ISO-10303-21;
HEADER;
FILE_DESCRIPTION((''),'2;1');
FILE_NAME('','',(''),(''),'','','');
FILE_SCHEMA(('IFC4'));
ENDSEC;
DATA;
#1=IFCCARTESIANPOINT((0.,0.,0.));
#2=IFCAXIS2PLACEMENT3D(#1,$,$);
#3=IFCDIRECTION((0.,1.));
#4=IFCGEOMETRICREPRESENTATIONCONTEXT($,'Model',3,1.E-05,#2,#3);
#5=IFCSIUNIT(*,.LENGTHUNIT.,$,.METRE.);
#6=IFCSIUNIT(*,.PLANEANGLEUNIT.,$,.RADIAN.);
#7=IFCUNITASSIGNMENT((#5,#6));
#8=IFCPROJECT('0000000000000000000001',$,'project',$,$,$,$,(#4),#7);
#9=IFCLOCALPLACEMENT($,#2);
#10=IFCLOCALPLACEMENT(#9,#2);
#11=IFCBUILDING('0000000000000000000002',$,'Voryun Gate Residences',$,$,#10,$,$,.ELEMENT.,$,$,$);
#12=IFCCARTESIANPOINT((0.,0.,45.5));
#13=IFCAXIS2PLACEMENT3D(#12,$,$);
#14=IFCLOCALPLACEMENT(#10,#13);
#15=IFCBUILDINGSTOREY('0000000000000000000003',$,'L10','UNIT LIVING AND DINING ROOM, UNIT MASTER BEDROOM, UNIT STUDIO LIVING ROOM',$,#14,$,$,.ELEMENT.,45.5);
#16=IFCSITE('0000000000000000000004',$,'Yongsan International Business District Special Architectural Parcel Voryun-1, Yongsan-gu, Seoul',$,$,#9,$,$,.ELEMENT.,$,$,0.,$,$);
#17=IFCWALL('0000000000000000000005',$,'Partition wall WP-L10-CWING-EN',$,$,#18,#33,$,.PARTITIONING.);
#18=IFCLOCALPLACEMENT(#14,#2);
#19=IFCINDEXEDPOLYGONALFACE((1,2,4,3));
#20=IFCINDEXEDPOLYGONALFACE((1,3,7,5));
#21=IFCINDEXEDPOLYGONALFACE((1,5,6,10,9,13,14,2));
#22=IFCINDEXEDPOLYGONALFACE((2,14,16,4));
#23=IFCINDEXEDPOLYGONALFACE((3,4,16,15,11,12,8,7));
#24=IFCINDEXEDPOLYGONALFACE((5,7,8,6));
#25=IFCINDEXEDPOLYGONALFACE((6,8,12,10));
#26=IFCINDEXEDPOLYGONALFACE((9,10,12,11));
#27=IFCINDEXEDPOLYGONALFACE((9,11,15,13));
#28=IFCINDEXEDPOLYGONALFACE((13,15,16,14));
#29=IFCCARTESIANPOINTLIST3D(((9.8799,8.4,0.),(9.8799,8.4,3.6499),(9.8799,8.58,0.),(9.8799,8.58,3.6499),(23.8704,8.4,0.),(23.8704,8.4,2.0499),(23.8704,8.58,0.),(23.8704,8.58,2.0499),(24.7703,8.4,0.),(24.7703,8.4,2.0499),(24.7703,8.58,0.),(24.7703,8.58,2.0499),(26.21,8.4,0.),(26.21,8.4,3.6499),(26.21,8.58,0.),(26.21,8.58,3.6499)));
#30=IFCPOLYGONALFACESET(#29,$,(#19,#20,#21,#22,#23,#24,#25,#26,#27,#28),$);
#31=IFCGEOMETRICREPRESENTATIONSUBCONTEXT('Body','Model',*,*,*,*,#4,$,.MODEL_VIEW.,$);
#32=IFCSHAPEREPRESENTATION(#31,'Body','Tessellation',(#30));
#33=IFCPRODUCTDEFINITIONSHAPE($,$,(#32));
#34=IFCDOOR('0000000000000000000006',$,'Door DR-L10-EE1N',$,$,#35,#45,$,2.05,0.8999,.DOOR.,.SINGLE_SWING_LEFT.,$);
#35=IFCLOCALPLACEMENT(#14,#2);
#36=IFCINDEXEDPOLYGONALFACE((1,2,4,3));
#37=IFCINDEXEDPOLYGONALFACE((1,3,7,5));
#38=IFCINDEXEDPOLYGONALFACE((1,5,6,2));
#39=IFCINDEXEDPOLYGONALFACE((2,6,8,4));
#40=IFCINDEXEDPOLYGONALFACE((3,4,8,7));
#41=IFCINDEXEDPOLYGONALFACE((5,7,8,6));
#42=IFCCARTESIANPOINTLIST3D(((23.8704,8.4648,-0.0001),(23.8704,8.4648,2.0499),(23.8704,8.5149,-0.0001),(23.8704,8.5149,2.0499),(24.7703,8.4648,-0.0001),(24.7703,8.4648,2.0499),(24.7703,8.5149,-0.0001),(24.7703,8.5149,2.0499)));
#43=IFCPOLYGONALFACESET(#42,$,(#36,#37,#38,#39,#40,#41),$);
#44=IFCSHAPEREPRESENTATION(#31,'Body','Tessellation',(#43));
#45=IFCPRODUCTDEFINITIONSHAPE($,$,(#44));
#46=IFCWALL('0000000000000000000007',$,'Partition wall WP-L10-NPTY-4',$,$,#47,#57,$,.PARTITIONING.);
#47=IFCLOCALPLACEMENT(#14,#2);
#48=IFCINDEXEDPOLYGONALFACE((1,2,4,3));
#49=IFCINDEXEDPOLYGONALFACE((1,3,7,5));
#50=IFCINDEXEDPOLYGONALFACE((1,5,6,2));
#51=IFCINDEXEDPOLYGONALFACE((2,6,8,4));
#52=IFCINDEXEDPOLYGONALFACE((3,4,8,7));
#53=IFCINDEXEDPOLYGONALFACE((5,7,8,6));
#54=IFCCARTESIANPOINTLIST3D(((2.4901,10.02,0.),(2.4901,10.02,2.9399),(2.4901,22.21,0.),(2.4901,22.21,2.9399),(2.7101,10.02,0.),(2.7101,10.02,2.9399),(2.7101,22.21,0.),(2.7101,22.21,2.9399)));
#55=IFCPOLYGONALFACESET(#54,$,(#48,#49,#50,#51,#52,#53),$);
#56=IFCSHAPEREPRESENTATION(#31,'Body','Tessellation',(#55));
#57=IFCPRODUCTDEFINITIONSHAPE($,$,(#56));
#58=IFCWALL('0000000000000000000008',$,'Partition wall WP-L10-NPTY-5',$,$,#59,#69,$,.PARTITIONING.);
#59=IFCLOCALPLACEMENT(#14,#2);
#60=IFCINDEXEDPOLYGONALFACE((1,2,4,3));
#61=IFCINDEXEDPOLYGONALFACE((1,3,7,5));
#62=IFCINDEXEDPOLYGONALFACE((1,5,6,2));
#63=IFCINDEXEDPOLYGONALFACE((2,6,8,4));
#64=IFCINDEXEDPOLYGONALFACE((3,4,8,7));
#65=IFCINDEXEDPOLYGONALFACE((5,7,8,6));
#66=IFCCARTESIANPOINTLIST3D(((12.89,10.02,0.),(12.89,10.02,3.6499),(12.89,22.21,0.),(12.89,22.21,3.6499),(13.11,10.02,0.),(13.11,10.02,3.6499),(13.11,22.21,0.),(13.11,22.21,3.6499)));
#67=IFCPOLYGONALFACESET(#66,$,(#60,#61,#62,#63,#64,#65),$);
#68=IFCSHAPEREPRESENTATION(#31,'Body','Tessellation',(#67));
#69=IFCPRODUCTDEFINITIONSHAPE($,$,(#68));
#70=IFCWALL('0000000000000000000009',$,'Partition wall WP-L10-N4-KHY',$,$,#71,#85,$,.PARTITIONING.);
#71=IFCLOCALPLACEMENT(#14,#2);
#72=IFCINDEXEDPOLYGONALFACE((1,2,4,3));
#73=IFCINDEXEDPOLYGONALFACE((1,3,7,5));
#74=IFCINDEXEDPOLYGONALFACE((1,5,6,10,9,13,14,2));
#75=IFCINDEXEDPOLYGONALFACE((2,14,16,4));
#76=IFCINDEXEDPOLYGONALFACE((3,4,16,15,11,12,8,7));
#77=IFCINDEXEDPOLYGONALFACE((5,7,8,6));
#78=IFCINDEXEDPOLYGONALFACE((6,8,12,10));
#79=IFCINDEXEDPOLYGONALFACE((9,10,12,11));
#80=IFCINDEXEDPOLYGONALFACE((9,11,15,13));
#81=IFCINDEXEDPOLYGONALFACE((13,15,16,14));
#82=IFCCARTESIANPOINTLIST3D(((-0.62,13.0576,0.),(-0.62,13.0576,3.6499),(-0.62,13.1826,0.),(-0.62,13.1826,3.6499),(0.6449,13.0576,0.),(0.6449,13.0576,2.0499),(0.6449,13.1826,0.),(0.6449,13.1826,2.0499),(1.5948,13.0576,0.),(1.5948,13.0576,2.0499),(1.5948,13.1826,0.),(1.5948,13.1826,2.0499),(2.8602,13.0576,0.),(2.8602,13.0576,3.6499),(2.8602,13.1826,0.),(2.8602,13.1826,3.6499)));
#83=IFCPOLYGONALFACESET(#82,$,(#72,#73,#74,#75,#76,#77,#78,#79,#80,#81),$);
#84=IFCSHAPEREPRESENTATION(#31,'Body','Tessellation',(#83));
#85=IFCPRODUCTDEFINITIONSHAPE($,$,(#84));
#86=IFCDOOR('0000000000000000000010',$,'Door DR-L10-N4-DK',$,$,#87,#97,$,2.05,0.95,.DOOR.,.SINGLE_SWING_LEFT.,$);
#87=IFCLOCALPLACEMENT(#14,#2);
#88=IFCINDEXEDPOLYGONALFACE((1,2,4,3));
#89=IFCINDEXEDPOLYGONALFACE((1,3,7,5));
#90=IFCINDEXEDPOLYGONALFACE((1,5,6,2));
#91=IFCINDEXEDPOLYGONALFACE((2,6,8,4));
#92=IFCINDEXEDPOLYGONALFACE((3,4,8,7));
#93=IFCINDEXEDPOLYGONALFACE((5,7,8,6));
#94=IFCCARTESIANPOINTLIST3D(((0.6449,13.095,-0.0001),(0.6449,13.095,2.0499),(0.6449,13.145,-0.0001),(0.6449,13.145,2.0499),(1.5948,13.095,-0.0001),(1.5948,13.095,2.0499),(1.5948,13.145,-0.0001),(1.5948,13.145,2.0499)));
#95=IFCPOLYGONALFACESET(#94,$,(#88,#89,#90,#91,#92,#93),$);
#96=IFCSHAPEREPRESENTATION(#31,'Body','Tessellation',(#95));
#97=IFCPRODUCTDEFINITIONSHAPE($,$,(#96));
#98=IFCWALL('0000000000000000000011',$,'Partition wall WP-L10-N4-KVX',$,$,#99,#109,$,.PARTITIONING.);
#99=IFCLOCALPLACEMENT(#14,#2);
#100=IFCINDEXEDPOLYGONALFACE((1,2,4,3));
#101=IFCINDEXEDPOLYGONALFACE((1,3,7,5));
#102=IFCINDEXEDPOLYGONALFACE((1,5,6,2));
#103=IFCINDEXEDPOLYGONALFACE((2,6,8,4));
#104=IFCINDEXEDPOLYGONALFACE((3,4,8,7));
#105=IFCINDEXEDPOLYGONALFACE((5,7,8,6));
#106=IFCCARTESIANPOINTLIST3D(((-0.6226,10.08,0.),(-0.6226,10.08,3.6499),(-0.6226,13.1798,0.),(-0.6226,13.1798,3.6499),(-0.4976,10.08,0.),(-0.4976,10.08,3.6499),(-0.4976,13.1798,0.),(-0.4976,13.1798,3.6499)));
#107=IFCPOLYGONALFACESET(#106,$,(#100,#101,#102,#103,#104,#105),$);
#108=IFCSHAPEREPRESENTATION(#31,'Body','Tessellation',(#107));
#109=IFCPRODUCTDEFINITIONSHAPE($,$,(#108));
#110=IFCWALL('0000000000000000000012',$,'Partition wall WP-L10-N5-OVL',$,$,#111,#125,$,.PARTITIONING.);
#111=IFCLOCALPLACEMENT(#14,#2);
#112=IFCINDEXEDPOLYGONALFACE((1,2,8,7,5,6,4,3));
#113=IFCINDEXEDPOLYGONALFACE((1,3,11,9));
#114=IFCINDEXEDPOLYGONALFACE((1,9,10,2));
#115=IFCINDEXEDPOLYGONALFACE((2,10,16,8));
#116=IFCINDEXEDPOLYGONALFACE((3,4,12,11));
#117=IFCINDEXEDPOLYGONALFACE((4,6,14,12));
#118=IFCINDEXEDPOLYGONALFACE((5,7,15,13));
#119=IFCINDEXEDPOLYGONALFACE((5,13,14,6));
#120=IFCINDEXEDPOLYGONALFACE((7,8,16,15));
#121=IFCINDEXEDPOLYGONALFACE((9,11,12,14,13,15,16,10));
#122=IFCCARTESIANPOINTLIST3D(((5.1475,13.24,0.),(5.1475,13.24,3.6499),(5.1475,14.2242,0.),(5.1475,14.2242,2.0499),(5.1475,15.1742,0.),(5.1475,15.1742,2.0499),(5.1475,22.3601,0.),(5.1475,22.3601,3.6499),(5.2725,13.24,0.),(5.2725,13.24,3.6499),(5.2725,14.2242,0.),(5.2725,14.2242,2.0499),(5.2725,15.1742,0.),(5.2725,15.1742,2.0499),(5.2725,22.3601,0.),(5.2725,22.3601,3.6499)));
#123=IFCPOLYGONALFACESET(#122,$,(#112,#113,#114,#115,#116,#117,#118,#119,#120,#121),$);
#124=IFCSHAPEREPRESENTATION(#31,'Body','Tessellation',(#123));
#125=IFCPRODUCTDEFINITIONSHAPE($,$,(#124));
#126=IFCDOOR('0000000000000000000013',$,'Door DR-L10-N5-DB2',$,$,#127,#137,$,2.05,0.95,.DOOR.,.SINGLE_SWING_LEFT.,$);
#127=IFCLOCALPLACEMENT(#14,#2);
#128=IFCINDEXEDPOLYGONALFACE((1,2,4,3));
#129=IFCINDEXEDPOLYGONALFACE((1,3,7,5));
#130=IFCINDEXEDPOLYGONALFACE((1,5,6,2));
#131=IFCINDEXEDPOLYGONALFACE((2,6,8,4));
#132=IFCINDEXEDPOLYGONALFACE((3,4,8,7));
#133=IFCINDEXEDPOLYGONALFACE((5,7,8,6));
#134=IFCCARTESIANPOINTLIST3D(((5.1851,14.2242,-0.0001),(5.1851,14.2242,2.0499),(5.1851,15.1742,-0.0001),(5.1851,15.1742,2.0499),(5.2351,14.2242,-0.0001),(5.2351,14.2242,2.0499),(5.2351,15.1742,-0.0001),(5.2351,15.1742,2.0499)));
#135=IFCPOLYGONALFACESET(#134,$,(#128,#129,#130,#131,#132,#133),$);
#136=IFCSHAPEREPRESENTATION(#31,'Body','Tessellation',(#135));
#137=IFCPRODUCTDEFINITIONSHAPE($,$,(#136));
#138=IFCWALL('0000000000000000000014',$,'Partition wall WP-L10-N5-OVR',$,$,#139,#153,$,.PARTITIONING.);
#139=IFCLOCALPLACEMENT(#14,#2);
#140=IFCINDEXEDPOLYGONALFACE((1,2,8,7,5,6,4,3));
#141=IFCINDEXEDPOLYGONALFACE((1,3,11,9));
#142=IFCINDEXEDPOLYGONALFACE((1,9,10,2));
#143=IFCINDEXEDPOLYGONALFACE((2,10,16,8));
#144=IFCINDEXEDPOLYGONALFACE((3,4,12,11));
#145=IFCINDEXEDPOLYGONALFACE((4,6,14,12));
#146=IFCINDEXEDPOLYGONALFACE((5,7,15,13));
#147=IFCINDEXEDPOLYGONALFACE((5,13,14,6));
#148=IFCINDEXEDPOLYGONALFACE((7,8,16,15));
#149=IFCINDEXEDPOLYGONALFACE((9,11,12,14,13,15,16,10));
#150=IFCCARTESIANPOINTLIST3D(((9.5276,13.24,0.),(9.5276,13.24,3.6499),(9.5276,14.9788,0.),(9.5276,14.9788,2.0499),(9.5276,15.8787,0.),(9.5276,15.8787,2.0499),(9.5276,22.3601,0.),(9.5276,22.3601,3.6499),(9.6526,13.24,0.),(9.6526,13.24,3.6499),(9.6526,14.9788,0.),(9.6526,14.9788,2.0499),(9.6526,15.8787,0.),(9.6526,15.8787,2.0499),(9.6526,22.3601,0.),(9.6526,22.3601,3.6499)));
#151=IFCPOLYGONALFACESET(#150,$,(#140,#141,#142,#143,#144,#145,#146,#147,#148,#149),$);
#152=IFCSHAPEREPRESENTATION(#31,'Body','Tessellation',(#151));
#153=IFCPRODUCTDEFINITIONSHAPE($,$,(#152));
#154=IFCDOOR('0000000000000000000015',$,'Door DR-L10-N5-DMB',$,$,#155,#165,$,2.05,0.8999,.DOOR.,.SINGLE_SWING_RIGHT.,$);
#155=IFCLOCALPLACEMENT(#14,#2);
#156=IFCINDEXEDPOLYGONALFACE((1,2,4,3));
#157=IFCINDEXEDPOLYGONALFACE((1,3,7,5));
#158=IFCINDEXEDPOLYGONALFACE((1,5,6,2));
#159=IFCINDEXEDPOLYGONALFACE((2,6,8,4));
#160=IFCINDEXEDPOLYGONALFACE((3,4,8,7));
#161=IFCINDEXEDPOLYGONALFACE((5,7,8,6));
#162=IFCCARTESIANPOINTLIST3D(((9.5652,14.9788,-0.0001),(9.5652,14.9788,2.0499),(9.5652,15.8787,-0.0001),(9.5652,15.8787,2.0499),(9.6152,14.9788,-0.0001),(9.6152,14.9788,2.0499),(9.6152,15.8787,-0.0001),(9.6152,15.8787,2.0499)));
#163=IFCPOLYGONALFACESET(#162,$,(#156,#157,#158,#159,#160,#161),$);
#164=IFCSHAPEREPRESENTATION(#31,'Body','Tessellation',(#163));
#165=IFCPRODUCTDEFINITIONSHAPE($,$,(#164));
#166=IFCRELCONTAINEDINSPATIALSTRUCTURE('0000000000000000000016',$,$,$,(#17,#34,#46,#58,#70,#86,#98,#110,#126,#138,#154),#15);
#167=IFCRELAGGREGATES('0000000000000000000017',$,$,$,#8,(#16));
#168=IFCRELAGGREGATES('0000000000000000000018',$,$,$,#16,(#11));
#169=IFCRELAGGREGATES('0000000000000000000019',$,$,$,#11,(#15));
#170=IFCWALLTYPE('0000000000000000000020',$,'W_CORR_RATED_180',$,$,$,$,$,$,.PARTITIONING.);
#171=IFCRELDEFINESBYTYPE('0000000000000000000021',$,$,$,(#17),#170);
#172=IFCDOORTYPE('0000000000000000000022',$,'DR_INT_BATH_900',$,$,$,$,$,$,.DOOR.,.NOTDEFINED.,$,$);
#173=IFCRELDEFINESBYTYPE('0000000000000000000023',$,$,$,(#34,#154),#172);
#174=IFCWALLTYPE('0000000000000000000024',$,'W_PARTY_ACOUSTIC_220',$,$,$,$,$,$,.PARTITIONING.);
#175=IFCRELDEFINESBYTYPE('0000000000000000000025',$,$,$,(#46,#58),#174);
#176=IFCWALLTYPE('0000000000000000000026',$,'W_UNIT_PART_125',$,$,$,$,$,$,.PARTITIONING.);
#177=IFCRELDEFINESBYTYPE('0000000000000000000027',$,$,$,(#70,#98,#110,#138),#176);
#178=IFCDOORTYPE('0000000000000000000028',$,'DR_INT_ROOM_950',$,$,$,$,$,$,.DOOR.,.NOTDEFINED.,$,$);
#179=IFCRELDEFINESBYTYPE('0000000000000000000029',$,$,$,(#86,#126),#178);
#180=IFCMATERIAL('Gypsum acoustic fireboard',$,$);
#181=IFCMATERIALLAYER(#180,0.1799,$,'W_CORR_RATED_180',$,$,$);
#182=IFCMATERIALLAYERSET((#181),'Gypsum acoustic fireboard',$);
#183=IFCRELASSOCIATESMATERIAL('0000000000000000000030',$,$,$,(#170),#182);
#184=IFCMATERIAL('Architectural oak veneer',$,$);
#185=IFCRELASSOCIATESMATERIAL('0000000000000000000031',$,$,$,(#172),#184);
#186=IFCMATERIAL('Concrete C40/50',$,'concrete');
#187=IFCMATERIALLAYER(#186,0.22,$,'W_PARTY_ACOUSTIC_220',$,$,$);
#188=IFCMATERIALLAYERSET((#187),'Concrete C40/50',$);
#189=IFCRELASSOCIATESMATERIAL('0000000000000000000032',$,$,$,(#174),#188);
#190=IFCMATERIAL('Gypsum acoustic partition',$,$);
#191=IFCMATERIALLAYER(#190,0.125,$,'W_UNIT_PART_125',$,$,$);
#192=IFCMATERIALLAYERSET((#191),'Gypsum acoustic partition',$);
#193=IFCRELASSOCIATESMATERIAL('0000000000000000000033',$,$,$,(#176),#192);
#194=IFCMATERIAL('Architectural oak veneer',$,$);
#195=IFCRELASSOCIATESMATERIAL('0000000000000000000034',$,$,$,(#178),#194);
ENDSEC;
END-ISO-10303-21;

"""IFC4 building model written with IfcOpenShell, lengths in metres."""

from ifc_helpers import new_model, si_unit, direction, frame, frame_2d, origin, place, context, subcontext, project, spatial, rectangle, extrude, material, layer, layer_set, type_object, element, fill, save


model = new_model("IFC4")

# Units and contexts
model_context = context("Model", 3, precision=1e-05, world=origin(), true_north=direction((0.0, 1.0)))
body_context = subcontext(model_context, "Body", "Model", "MODEL_VIEW")
ifc_project = project(units=[si_unit("LENGTHUNIT", "METRE"), si_unit("PLANEANGLEUNIT", "RADIAN")], contexts=[model_context])

# Site, building, storey
site_placement = place(None, origin())
site = spatial("IfcSite", under=ifc_project, at=site_placement, Name="Yongsan International Business District Special Architectural Parcel Voryun-1, Yongsan-gu, Seoul", CompositionType="ELEMENT", RefElevation=0.0)
building_placement = place(site_placement, origin())
building = spatial("IfcBuilding", under=site, at=building_placement, Name="Voryun Gate Residences", CompositionType="ELEMENT")
storey_placement = place(building_placement, frame((0.0, 0.0, 45.5)))
storey = spatial("IfcBuildingStorey", under=building, at=storey_placement, Name="L10", Description="UNIT LIVING AND DINING ROOM, UNIT MASTER BEDROOM, UNIT STUDIO LIVING ROOM", CompositionType="ELEMENT", Elevation=45.5)

# Wall, opening, door
ifc_material_1 = material(Name="Gypsum acoustic fireboard")
ifc_layer_1 = layer(ifc_material_1, 0.1799, Name="W_CORR_RATED_180")
ifc_layer_set_1 = layer_set([ifc_layer_1], Name="Gypsum acoustic fireboard")
wall_type_1 = type_object("IfcWallType", Name="W_CORR_RATED_180", PredefinedType="PARTITIONING", material=ifc_layer_set_1)
wall_1_placement = place(storey_placement, frame((9.8799, 8.49, 0.0), z_axis=(0.0, 0.0, 1.0), x_axis=(1.0, 0.0, 0.0)))
wall_1 = element("IfcWall", 1, at=wall_1_placement, inside=storey, type_object=wall_type_1, Name="Partition wall WP-L10-CWING-EN", PredefinedType="PARTITIONING", context=body_context, shape_type="SweptSolid", body=[
    extrude(rectangle(XDim=16.3301, YDim=0.1799, at=frame_2d((8.165, 0.0))), origin(), (0.0, 0.0, 1.0), 3.6499),
])
opening_1_placement = place(wall_1_placement, frame((13.9905, 0.0, 0.0)))
opening_1 = element("IfcOpeningElement", 2, at=opening_1_placement, cuts=wall_1, PredefinedType="OPENING", context=body_context, shape_type="SweptSolid", body=[
    extrude(rectangle(XDim=0.8999, YDim=2.05, at=frame_2d((0.45, 1.0249))), frame((0.0, 0.0999, 0.0), z_axis=(0.0, -1.0, 0.0), x_axis=(1.0, 0.0, 0.0)), (0.0, 0.0, 1.0), 0.2),
])
ifc_material_2 = material(Name="Architectural oak veneer")
door_type_1 = type_object("IfcDoorType", Name="DR_INT_BATH_900", OperationType="NOTDEFINED", PredefinedType="DOOR", material=ifc_material_2)
door_1_placement = place(opening_1_placement, origin())
door_1 = element("IfcDoor", 3, at=door_1_placement, inside=storey, type_object=door_type_1, Name="Door DR-L10-EE1N", OperationType="SINGLE_SWING_LEFT", OverallHeight=2.05, OverallWidth=0.8999, PredefinedType="DOOR", context=body_context, shape_type="SweptSolid", body=[
    extrude(rectangle(XDim=0.8999, YDim=2.05, at=frame_2d((0.45, 1.0249))), frame((0.0, 0.0249, 0.0), z_axis=(0.0, -1.0, 0.0), x_axis=(1.0, 0.0, 0.0)), (0.0, 0.0, 1.0), 0.05),
])
fill(opening_1, door_1)

# Walls
ifc_material_3 = material(Name="Concrete C40/50", Category="concrete")
ifc_layer_2 = layer(ifc_material_3, 0.22, Name="W_PARTY_ACOUSTIC_220")
ifc_layer_set_2 = layer_set([ifc_layer_2], Name="Concrete C40/50")
wall_type_2 = type_object("IfcWallType", Name="W_PARTY_ACOUSTIC_220", PredefinedType="PARTITIONING", material=ifc_layer_set_2)
wall_2_placement = place(storey_placement, frame((2.6001, 10.02, 0.0), z_axis=(0.0, 0.0, 1.0), x_axis=(0.0, 1.0, 0.0)))
element("IfcWall", 4, at=wall_2_placement, inside=storey, type_object=wall_type_2, Name="Partition wall WP-L10-NPTY-4", PredefinedType="PARTITIONING", context=body_context, shape_type="SweptSolid", body=[
    extrude(rectangle(XDim=12.1899, YDim=0.22, at=frame_2d((6.095, 0.0))), origin(), (0.0, 0.0, 1.0), 2.9399),
])
wall_3_placement = place(storey_placement, frame((13.0, 10.02, 0.0), z_axis=(0.0, 0.0, 1.0), x_axis=(0.0, 1.0, 0.0)))
element("IfcWall", 5, at=wall_3_placement, inside=storey, type_object=wall_type_2, Name="Partition wall WP-L10-NPTY-5", PredefinedType="PARTITIONING", context=body_context, shape_type="SweptSolid", body=[
    extrude(rectangle(XDim=12.1899, YDim=0.22, at=frame_2d((6.095, 0.0))), origin(), (0.0, 0.0, 1.0), 3.6499),
])

# Wall, opening, door
ifc_material_4 = material(Name="Gypsum acoustic partition")
ifc_layer_3 = layer(ifc_material_4, 0.125, Name="W_UNIT_PART_125")
ifc_layer_set_3 = layer_set([ifc_layer_3], Name="Gypsum acoustic partition")
wall_type_3 = type_object("IfcWallType", Name="W_UNIT_PART_125", PredefinedType="PARTITIONING", material=ifc_layer_set_3)
wall_4_placement = place(storey_placement, frame((-0.6201, 13.1201, 0.0), z_axis=(0.0, 0.0, 1.0), x_axis=(1.0, 0.0, 0.0)))
wall_4 = element("IfcWall", 6, at=wall_4_placement, inside=storey, type_object=wall_type_3, Name="Partition wall WP-L10-N4-KHY", PredefinedType="PARTITIONING", context=body_context, shape_type="SweptSolid", body=[
    extrude(rectangle(XDim=3.4802, YDim=0.125, at=frame_2d((1.7402, 0.0))), origin(), (0.0, 0.0, 1.0), 3.6499),
])
opening_2_placement = place(wall_4_placement, frame((1.2649, 0.0, 0.0)))
opening_2 = element("IfcOpeningElement", 7, at=opening_2_placement, cuts=wall_4, PredefinedType="OPENING", context=body_context, shape_type="SweptSolid", body=[
    extrude(rectangle(XDim=0.95, YDim=2.05, at=frame_2d((0.4751, 1.0249))), frame((0.0, 0.0725, 0.0), z_axis=(0.0, -1.0, 0.0), x_axis=(1.0, 0.0, 0.0)), (0.0, 0.0, 1.0), 0.145),
])
ifc_material_5 = material(Name="Architectural oak veneer")
door_type_2 = type_object("IfcDoorType", Name="DR_INT_ROOM_950", OperationType="NOTDEFINED", PredefinedType="DOOR", material=ifc_material_5)
door_2_placement = place(opening_2_placement, origin())
door_2 = element("IfcDoor", 8, at=door_2_placement, inside=storey, type_object=door_type_2, Name="Door DR-L10-N4-DK", OperationType="SINGLE_SWING_LEFT", OverallHeight=2.05, OverallWidth=0.95, PredefinedType="DOOR", context=body_context, shape_type="SweptSolid", body=[
    extrude(rectangle(XDim=0.95, YDim=2.05, at=frame_2d((0.4751, 1.0249))), frame((0.0, 0.0249, 0.0), z_axis=(0.0, -1.0, 0.0), x_axis=(1.0, 0.0, 0.0)), (0.0, 0.0, 1.0), 0.05),
])
fill(opening_2, door_2)

# Wall
wall_5_placement = place(storey_placement, frame((-0.5601, 10.0801, 0.0), z_axis=(0.0, 0.0, 1.0), x_axis=(0.0, 1.0, 0.0)))
element("IfcWall", 9, at=wall_5_placement, inside=storey, type_object=wall_type_3, Name="Partition wall WP-L10-N4-KVX", PredefinedType="PARTITIONING", context=body_context, shape_type="SweptSolid", body=[
    extrude(rectangle(XDim=3.0999, YDim=0.125, at=frame_2d((1.5498, 0.0))), origin(), (0.0, 0.0, 1.0), 3.6499),
])

# Walls, openings, doors
wall_6_placement = place(storey_placement, frame((5.21, 13.24, 0.0), z_axis=(0.0, 0.0, 1.0), x_axis=(0.0, 1.0, 0.0)))
wall_6 = element("IfcWall", 10, at=wall_6_placement, inside=storey, type_object=wall_type_3, Name="Partition wall WP-L10-N5-OVL", PredefinedType="PARTITIONING", context=body_context, shape_type="SweptSolid", body=[
    extrude(rectangle(XDim=9.1201, YDim=0.125, at=frame_2d((4.5601, 0.0))), origin(), (0.0, 0.0, 1.0), 3.6499),
])
opening_3_placement = place(wall_6_placement, frame((0.9841, 0.0, 0.0)))
opening_3 = element("IfcOpeningElement", 11, at=opening_3_placement, cuts=wall_6, PredefinedType="OPENING", context=body_context, shape_type="SweptSolid", body=[
    extrude(rectangle(XDim=0.95, YDim=2.05, at=frame_2d((0.4751, 1.0249))), frame((0.0, 0.0725, 0.0), z_axis=(0.0, -1.0, 0.0), x_axis=(1.0, 0.0, 0.0)), (0.0, 0.0, 1.0), 0.145),
])
door_3_placement = place(opening_3_placement, origin())
door_3 = element("IfcDoor", 12, at=door_3_placement, inside=storey, type_object=door_type_2, Name="Door DR-L10-N5-DB2", OperationType="SINGLE_SWING_LEFT", OverallHeight=2.05, OverallWidth=0.95, PredefinedType="DOOR", context=body_context, shape_type="SweptSolid", body=[
    extrude(rectangle(XDim=0.95, YDim=2.05, at=frame_2d((0.4751, 1.0249))), frame((0.0, 0.0249, 0.0), z_axis=(0.0, -1.0, 0.0), x_axis=(1.0, 0.0, 0.0)), (0.0, 0.0, 1.0), 0.05),
])
fill(opening_3, door_3)
wall_7_placement = place(storey_placement, frame((9.5901, 13.24, 0.0), z_axis=(0.0, 0.0, 1.0), x_axis=(0.0, 1.0, 0.0)))
wall_7 = element("IfcWall", 13, at=wall_7_placement, inside=storey, type_object=wall_type_3, Name="Partition wall WP-L10-N5-OVR", PredefinedType="PARTITIONING", context=body_context, shape_type="SweptSolid", body=[
    extrude(rectangle(XDim=9.1201, YDim=0.125, at=frame_2d((4.5601, 0.0))), origin(), (0.0, 0.0, 1.0), 3.6499),
])
opening_4_placement = place(wall_7_placement, frame((1.7388, 0.0, 0.0)))
opening_4 = element("IfcOpeningElement", 14, at=opening_4_placement, cuts=wall_7, PredefinedType="OPENING", context=body_context, shape_type="SweptSolid", body=[
    extrude(rectangle(XDim=0.8999, YDim=2.05, at=frame_2d((0.45, 1.0249))), frame((0.0, 0.0725, 0.0), z_axis=(0.0, -1.0, 0.0), x_axis=(1.0, 0.0, 0.0)), (0.0, 0.0, 1.0), 0.145),
])
door_4_placement = place(opening_4_placement, origin())
door_4 = element("IfcDoor", 15, at=door_4_placement, inside=storey, type_object=door_type_1, Name="Door DR-L10-N5-DMB", OperationType="SINGLE_SWING_RIGHT", OverallHeight=2.05, OverallWidth=0.8999, PredefinedType="DOOR", context=body_context, shape_type="SweptSolid", body=[
    extrude(rectangle(XDim=0.8999, YDim=2.05, at=frame_2d((0.45, 1.0249))), frame((0.0, 0.0249, 0.0), z_axis=(0.0, -1.0, 0.0), x_axis=(1.0, 0.0, 0.0)), (0.0, 0.0, 1.0), 0.05),
])
fill(opening_4, door_4)

save(model, "model.ifc")
